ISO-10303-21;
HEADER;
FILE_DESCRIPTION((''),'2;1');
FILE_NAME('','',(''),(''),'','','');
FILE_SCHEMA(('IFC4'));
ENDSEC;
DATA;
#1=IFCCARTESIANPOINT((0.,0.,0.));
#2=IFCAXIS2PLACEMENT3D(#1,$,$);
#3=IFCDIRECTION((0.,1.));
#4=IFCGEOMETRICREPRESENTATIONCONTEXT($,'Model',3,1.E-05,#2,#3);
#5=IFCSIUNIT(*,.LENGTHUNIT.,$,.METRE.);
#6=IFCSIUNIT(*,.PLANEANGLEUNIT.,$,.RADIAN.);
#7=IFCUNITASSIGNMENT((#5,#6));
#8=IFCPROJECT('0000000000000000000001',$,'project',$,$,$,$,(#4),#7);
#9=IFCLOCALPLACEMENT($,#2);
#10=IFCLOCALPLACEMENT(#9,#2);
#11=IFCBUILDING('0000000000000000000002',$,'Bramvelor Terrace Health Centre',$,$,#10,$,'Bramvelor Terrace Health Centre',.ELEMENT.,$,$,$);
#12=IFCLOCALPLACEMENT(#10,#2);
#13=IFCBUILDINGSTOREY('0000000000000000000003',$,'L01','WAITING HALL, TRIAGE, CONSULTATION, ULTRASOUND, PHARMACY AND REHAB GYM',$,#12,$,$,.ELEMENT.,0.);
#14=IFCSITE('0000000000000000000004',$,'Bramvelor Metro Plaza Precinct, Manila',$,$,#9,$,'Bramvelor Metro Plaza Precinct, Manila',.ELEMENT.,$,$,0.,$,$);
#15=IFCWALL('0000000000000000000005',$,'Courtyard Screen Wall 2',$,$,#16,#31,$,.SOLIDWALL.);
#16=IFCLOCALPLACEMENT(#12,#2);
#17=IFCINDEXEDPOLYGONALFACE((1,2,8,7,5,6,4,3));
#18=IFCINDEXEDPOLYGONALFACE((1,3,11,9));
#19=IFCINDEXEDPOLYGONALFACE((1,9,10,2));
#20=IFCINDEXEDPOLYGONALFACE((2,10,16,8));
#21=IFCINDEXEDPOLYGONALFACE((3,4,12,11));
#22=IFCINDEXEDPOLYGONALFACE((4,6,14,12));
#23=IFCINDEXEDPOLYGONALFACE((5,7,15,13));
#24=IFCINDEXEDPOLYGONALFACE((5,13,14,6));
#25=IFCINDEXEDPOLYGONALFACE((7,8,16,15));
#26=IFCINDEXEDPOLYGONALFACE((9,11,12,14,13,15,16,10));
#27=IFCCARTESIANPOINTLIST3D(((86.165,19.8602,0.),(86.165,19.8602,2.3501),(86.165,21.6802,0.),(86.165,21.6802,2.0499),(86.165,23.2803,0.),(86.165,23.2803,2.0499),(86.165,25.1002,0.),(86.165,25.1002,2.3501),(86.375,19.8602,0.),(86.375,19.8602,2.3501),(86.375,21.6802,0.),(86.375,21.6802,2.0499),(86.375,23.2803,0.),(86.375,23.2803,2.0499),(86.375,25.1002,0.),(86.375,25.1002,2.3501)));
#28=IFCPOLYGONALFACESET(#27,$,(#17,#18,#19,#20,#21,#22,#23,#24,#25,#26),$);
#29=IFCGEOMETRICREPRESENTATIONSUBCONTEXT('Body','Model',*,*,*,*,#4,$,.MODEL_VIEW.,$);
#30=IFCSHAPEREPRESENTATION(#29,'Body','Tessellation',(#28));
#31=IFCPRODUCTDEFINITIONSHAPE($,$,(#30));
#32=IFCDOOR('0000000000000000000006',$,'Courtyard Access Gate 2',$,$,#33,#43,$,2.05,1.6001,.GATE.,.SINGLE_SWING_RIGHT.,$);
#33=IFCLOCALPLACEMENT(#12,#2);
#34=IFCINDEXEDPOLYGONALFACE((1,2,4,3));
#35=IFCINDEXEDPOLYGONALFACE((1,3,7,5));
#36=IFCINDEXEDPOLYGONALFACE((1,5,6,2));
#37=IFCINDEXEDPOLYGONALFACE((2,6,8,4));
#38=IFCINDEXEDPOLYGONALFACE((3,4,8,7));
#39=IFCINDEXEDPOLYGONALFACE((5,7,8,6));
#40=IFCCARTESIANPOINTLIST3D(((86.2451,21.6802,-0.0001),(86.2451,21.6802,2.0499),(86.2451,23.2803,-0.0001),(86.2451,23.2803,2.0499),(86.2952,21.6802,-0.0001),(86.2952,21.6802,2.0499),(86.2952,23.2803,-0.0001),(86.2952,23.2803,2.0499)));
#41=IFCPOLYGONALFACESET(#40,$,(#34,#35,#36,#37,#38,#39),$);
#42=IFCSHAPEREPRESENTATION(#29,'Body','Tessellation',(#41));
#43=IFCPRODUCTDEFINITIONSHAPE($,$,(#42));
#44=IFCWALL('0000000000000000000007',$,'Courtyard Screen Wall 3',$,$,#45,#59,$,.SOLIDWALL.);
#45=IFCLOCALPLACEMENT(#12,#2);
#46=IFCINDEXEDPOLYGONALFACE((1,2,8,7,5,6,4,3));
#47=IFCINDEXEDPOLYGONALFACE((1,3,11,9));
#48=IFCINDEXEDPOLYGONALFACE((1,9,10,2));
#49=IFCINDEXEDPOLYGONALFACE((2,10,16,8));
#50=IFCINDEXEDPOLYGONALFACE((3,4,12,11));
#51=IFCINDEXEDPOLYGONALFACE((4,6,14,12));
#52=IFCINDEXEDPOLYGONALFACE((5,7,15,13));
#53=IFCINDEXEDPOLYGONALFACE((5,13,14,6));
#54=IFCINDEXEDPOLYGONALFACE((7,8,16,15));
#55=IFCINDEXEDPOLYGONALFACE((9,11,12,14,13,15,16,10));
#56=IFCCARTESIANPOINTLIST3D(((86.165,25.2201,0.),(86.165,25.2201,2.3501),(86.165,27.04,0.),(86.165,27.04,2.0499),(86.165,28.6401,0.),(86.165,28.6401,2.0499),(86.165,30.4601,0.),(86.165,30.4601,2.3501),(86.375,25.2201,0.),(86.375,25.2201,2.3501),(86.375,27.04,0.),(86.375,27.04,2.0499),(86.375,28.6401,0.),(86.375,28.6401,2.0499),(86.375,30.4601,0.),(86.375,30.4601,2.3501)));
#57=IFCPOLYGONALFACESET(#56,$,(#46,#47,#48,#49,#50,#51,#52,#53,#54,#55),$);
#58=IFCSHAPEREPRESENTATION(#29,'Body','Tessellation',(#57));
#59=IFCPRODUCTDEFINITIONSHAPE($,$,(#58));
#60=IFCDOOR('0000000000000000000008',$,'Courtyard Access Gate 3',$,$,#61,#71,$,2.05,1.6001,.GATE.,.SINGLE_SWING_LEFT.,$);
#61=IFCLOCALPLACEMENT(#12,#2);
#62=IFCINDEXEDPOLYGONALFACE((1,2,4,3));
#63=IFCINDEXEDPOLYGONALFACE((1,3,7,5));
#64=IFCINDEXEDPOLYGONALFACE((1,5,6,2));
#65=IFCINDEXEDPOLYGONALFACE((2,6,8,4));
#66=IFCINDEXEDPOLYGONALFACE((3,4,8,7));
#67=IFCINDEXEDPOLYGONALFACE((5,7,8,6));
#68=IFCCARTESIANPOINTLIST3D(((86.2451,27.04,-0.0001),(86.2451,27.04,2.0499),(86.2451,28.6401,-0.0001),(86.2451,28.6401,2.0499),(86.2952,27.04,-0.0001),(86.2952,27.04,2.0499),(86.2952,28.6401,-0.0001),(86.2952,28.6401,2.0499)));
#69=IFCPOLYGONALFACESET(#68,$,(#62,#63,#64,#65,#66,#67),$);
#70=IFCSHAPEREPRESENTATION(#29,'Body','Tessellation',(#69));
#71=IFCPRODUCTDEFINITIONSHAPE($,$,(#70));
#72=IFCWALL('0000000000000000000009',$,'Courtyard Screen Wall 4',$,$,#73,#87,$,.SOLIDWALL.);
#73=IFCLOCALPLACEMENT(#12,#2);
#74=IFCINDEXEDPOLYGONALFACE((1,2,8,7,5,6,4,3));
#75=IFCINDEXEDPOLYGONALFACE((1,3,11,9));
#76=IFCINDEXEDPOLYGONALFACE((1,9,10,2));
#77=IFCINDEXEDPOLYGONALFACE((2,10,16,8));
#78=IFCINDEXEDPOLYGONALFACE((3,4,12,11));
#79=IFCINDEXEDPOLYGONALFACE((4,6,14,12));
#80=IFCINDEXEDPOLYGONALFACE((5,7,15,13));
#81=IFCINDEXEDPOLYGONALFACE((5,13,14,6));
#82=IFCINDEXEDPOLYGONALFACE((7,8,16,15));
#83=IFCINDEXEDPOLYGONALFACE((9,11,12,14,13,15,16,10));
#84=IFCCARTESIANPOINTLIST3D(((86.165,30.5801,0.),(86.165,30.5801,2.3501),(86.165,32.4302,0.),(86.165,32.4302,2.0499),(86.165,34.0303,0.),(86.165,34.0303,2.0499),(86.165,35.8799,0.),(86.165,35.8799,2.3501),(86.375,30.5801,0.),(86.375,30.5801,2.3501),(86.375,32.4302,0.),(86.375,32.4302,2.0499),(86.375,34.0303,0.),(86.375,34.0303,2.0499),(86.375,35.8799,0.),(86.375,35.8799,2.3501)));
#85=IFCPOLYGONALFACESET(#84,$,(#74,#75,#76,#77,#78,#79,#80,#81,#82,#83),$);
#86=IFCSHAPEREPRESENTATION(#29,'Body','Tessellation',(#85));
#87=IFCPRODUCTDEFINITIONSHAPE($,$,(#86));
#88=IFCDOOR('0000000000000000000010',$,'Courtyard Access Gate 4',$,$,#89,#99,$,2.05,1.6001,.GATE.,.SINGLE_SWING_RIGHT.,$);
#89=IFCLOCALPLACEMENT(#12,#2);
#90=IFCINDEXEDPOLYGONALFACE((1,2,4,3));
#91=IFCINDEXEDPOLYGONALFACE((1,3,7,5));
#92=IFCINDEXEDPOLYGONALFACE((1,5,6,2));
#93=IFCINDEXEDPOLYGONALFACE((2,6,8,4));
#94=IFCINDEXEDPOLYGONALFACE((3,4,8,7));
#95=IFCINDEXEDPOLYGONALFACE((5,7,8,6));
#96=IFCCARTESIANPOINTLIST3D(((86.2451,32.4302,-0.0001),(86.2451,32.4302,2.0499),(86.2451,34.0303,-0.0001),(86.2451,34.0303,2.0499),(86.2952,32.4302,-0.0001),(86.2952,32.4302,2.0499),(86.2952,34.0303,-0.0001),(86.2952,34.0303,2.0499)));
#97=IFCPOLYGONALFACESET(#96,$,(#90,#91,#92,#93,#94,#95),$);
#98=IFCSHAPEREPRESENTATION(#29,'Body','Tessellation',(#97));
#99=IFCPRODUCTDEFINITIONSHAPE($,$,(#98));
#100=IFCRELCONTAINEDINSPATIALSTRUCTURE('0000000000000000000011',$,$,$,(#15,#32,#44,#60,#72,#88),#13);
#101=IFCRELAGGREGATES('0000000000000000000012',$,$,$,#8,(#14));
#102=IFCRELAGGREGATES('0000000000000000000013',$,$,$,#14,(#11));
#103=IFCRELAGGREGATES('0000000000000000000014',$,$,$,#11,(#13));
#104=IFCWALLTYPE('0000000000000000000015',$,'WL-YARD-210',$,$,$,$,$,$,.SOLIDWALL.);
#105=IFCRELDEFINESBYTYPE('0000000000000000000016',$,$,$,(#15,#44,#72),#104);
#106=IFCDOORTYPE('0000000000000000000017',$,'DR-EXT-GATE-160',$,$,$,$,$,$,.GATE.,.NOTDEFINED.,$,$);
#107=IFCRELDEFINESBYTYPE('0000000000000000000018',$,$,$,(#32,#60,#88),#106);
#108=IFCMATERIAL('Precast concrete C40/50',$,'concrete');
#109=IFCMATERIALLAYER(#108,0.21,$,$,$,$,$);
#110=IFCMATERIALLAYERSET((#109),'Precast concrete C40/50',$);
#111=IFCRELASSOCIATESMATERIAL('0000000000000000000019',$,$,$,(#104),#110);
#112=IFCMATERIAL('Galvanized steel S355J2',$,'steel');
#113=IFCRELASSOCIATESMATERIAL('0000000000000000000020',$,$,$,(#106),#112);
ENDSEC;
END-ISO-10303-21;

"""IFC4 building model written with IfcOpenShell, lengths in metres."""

from ifc_helpers import new_model, si_unit, direction, frame, frame_2d, origin, place, context, subcontext, project, spatial, rectangle, extrude, material, layer, layer_set, type_object, element, fill, save


model = new_model("IFC4")

# Units and contexts
model_context = context("Model", 3, precision=1e-05, world=origin(), true_north=direction((0.0, 1.0)))
body_context = subcontext(model_context, "Body", "Model", "MODEL_VIEW")
ifc_project = project(units=[si_unit("LENGTHUNIT", "METRE"), si_unit("PLANEANGLEUNIT", "RADIAN")], contexts=[model_context])

# Site, building, storey
site_placement = place(None, origin())
site = spatial("IfcSite", under=ifc_project, at=site_placement, Name="Bramvelor Metro Plaza Precinct, Manila", LongName="Bramvelor Metro Plaza Precinct, Manila", CompositionType="ELEMENT", RefElevation=0.0)
building_placement = place(site_placement, origin())
building = spatial("IfcBuilding", under=site, at=building_placement, Name="Bramvelor Terrace Health Centre", LongName="Bramvelor Terrace Health Centre", CompositionType="ELEMENT")
storey_placement = place(building_placement, origin())
storey = spatial("IfcBuildingStorey", under=building, at=storey_placement, Name="L01", Description="WAITING HALL, TRIAGE, CONSULTATION, ULTRASOUND, PHARMACY AND REHAB GYM", CompositionType="ELEMENT", Elevation=0.0)

# Walls, openings, doors
ifc_material_1 = material(Name="Precast concrete C40/50", Category="concrete")
ifc_layer_1 = layer(ifc_material_1, 0.21)
ifc_layer_set_1 = layer_set([ifc_layer_1], Name="Precast concrete C40/50")
wall_type = type_object("IfcWallType", Name="WL-YARD-210", PredefinedType="SOLIDWALL", material=ifc_layer_set_1)
wall_1_placement = place(storey_placement, frame((86.27, 19.8601, 0.0), z_axis=(0.0, 0.0, 1.0), x_axis=(0.0, 1.0, 0.0)))
wall_1 = element("IfcWall", 1, at=wall_1_placement, inside=storey, type_object=wall_type, Name="Courtyard Screen Wall 2", PredefinedType="SOLIDWALL", context=body_context, shape_type="SweptSolid", body=[
    extrude(rectangle(XDim=5.24, YDim=0.21, at=frame_2d((2.6201, 0.0))), origin(), (0.0, 0.0, 1.0), 2.3501),
])
opening_1_placement = place(wall_1_placement, frame((1.8201, 0.0, 0.0)))
opening_1 = element("IfcOpeningElement", 2, at=opening_1_placement, cuts=wall_1, PredefinedType="OPENING", context=body_context, shape_type="SweptSolid", body=[
    extrude(rectangle(XDim=1.6001, YDim=2.05, at=frame_2d((0.8, 1.0249))), frame((0.0, 0.115, 0.0), z_axis=(0.0, -1.0, 0.0), x_axis=(1.0, 0.0, 0.0)), (0.0, 0.0, 1.0), 0.23),
])
ifc_material_2 = material(Name="Galvanized steel S355J2", Category="steel")
door_type = type_object("IfcDoorType", Name="DR-EXT-GATE-160", OperationType="NOTDEFINED", PredefinedType="GATE", material=ifc_material_2)
door_1_placement = place(opening_1_placement, origin())
door_1 = element("IfcDoor", 3, at=door_1_placement, inside=storey, type_object=door_type, Name="Courtyard Access Gate 2", OperationType="SINGLE_SWING_RIGHT", OverallHeight=2.05, OverallWidth=1.6001, PredefinedType="GATE", context=body_context, shape_type="SweptSolid", body=[
    extrude(rectangle(XDim=1.6001, YDim=2.05, at=frame_2d((0.8, 1.0249))), frame((0.0, 0.0249, 0.0), z_axis=(0.0, -1.0, 0.0), x_axis=(1.0, 0.0, 0.0)), (0.0, 0.0, 1.0), 0.05),
])
fill(opening_1, door_1)
wall_2_placement = place(storey_placement, frame((86.27, 25.22, 0.0), z_axis=(0.0, 0.0, 1.0), x_axis=(0.0, 1.0, 0.0)))
wall_2 = element("IfcWall", 4, at=wall_2_placement, inside=storey, type_object=wall_type, Name="Courtyard Screen Wall 3", PredefinedType="SOLIDWALL", context=body_context, shape_type="SweptSolid", body=[
    extrude(rectangle(XDim=5.24, YDim=0.21, at=frame_2d((2.6201, 0.0))), origin(), (0.0, 0.0, 1.0), 2.3501),
])
opening_2_placement = place(wall_2_placement, frame((1.8201, 0.0, 0.0)))
opening_2 = element("IfcOpeningElement", 5, at=opening_2_placement, cuts=wall_2, PredefinedType="OPENING", context=body_context, shape_type="SweptSolid", body=[
    extrude(rectangle(XDim=1.6001, YDim=2.05, at=frame_2d((0.8, 1.0249))), frame((0.0, 0.115, 0.0), z_axis=(0.0, -1.0, 0.0), x_axis=(1.0, 0.0, 0.0)), (0.0, 0.0, 1.0), 0.23),
])
door_2_placement = place(opening_2_placement, origin())
door_2 = element("IfcDoor", 6, at=door_2_placement, inside=storey, type_object=door_type, Name="Courtyard Access Gate 3", OperationType="SINGLE_SWING_LEFT", OverallHeight=2.05, OverallWidth=1.6001, PredefinedType="GATE", context=body_context, shape_type="SweptSolid", body=[
    extrude(rectangle(XDim=1.6001, YDim=2.05, at=frame_2d((0.8, 1.0249))), frame((0.0, 0.0249, 0.0), z_axis=(0.0, -1.0, 0.0), x_axis=(1.0, 0.0, 0.0)), (0.0, 0.0, 1.0), 0.05),
])
fill(opening_2, door_2)
wall_3_placement = place(storey_placement, frame((86.27, 30.5801, 0.0), z_axis=(0.0, 0.0, 1.0), x_axis=(0.0, 1.0, 0.0)))
wall_3 = element("IfcWall", 7, at=wall_3_placement, inside=storey, type_object=wall_type, Name="Courtyard Screen Wall 4", PredefinedType="SOLIDWALL", context=body_context, shape_type="SweptSolid", body=[
    extrude(rectangle(XDim=5.2998, YDim=0.21, at=frame_2d((2.6499, 0.0))), origin(), (0.0, 0.0, 1.0), 2.3501),
])
opening_3_placement = place(wall_3_placement, frame((1.8501, 0.0, 0.0)))
opening_3 = element("IfcOpeningElement", 8, at=opening_3_placement, cuts=wall_3, PredefinedType="OPENING", context=body_context, shape_type="SweptSolid", body=[
    extrude(rectangle(XDim=1.6001, YDim=2.05, at=frame_2d((0.8, 1.0249))), frame((0.0, 0.115, 0.0), z_axis=(0.0, -1.0, 0.0), x_axis=(1.0, 0.0, 0.0)), (0.0, 0.0, 1.0), 0.23),
])
door_3_placement = place(opening_3_placement, origin())
door_3 = element("IfcDoor", 9, at=door_3_placement, inside=storey, type_object=door_type, Name="Courtyard Access Gate 4", OperationType="SINGLE_SWING_RIGHT", OverallHeight=2.05, OverallWidth=1.6001, PredefinedType="GATE", context=body_context, shape_type="SweptSolid", body=[
    extrude(rectangle(XDim=1.6001, YDim=2.05, at=frame_2d((0.8, 1.0249))), frame((0.0, 0.0249, 0.0), z_axis=(0.0, -1.0, 0.0), x_axis=(1.0, 0.0, 0.0)), (0.0, 0.0, 1.0), 0.05),
])
fill(opening_3, door_3)

save(model, "model.ifc")
